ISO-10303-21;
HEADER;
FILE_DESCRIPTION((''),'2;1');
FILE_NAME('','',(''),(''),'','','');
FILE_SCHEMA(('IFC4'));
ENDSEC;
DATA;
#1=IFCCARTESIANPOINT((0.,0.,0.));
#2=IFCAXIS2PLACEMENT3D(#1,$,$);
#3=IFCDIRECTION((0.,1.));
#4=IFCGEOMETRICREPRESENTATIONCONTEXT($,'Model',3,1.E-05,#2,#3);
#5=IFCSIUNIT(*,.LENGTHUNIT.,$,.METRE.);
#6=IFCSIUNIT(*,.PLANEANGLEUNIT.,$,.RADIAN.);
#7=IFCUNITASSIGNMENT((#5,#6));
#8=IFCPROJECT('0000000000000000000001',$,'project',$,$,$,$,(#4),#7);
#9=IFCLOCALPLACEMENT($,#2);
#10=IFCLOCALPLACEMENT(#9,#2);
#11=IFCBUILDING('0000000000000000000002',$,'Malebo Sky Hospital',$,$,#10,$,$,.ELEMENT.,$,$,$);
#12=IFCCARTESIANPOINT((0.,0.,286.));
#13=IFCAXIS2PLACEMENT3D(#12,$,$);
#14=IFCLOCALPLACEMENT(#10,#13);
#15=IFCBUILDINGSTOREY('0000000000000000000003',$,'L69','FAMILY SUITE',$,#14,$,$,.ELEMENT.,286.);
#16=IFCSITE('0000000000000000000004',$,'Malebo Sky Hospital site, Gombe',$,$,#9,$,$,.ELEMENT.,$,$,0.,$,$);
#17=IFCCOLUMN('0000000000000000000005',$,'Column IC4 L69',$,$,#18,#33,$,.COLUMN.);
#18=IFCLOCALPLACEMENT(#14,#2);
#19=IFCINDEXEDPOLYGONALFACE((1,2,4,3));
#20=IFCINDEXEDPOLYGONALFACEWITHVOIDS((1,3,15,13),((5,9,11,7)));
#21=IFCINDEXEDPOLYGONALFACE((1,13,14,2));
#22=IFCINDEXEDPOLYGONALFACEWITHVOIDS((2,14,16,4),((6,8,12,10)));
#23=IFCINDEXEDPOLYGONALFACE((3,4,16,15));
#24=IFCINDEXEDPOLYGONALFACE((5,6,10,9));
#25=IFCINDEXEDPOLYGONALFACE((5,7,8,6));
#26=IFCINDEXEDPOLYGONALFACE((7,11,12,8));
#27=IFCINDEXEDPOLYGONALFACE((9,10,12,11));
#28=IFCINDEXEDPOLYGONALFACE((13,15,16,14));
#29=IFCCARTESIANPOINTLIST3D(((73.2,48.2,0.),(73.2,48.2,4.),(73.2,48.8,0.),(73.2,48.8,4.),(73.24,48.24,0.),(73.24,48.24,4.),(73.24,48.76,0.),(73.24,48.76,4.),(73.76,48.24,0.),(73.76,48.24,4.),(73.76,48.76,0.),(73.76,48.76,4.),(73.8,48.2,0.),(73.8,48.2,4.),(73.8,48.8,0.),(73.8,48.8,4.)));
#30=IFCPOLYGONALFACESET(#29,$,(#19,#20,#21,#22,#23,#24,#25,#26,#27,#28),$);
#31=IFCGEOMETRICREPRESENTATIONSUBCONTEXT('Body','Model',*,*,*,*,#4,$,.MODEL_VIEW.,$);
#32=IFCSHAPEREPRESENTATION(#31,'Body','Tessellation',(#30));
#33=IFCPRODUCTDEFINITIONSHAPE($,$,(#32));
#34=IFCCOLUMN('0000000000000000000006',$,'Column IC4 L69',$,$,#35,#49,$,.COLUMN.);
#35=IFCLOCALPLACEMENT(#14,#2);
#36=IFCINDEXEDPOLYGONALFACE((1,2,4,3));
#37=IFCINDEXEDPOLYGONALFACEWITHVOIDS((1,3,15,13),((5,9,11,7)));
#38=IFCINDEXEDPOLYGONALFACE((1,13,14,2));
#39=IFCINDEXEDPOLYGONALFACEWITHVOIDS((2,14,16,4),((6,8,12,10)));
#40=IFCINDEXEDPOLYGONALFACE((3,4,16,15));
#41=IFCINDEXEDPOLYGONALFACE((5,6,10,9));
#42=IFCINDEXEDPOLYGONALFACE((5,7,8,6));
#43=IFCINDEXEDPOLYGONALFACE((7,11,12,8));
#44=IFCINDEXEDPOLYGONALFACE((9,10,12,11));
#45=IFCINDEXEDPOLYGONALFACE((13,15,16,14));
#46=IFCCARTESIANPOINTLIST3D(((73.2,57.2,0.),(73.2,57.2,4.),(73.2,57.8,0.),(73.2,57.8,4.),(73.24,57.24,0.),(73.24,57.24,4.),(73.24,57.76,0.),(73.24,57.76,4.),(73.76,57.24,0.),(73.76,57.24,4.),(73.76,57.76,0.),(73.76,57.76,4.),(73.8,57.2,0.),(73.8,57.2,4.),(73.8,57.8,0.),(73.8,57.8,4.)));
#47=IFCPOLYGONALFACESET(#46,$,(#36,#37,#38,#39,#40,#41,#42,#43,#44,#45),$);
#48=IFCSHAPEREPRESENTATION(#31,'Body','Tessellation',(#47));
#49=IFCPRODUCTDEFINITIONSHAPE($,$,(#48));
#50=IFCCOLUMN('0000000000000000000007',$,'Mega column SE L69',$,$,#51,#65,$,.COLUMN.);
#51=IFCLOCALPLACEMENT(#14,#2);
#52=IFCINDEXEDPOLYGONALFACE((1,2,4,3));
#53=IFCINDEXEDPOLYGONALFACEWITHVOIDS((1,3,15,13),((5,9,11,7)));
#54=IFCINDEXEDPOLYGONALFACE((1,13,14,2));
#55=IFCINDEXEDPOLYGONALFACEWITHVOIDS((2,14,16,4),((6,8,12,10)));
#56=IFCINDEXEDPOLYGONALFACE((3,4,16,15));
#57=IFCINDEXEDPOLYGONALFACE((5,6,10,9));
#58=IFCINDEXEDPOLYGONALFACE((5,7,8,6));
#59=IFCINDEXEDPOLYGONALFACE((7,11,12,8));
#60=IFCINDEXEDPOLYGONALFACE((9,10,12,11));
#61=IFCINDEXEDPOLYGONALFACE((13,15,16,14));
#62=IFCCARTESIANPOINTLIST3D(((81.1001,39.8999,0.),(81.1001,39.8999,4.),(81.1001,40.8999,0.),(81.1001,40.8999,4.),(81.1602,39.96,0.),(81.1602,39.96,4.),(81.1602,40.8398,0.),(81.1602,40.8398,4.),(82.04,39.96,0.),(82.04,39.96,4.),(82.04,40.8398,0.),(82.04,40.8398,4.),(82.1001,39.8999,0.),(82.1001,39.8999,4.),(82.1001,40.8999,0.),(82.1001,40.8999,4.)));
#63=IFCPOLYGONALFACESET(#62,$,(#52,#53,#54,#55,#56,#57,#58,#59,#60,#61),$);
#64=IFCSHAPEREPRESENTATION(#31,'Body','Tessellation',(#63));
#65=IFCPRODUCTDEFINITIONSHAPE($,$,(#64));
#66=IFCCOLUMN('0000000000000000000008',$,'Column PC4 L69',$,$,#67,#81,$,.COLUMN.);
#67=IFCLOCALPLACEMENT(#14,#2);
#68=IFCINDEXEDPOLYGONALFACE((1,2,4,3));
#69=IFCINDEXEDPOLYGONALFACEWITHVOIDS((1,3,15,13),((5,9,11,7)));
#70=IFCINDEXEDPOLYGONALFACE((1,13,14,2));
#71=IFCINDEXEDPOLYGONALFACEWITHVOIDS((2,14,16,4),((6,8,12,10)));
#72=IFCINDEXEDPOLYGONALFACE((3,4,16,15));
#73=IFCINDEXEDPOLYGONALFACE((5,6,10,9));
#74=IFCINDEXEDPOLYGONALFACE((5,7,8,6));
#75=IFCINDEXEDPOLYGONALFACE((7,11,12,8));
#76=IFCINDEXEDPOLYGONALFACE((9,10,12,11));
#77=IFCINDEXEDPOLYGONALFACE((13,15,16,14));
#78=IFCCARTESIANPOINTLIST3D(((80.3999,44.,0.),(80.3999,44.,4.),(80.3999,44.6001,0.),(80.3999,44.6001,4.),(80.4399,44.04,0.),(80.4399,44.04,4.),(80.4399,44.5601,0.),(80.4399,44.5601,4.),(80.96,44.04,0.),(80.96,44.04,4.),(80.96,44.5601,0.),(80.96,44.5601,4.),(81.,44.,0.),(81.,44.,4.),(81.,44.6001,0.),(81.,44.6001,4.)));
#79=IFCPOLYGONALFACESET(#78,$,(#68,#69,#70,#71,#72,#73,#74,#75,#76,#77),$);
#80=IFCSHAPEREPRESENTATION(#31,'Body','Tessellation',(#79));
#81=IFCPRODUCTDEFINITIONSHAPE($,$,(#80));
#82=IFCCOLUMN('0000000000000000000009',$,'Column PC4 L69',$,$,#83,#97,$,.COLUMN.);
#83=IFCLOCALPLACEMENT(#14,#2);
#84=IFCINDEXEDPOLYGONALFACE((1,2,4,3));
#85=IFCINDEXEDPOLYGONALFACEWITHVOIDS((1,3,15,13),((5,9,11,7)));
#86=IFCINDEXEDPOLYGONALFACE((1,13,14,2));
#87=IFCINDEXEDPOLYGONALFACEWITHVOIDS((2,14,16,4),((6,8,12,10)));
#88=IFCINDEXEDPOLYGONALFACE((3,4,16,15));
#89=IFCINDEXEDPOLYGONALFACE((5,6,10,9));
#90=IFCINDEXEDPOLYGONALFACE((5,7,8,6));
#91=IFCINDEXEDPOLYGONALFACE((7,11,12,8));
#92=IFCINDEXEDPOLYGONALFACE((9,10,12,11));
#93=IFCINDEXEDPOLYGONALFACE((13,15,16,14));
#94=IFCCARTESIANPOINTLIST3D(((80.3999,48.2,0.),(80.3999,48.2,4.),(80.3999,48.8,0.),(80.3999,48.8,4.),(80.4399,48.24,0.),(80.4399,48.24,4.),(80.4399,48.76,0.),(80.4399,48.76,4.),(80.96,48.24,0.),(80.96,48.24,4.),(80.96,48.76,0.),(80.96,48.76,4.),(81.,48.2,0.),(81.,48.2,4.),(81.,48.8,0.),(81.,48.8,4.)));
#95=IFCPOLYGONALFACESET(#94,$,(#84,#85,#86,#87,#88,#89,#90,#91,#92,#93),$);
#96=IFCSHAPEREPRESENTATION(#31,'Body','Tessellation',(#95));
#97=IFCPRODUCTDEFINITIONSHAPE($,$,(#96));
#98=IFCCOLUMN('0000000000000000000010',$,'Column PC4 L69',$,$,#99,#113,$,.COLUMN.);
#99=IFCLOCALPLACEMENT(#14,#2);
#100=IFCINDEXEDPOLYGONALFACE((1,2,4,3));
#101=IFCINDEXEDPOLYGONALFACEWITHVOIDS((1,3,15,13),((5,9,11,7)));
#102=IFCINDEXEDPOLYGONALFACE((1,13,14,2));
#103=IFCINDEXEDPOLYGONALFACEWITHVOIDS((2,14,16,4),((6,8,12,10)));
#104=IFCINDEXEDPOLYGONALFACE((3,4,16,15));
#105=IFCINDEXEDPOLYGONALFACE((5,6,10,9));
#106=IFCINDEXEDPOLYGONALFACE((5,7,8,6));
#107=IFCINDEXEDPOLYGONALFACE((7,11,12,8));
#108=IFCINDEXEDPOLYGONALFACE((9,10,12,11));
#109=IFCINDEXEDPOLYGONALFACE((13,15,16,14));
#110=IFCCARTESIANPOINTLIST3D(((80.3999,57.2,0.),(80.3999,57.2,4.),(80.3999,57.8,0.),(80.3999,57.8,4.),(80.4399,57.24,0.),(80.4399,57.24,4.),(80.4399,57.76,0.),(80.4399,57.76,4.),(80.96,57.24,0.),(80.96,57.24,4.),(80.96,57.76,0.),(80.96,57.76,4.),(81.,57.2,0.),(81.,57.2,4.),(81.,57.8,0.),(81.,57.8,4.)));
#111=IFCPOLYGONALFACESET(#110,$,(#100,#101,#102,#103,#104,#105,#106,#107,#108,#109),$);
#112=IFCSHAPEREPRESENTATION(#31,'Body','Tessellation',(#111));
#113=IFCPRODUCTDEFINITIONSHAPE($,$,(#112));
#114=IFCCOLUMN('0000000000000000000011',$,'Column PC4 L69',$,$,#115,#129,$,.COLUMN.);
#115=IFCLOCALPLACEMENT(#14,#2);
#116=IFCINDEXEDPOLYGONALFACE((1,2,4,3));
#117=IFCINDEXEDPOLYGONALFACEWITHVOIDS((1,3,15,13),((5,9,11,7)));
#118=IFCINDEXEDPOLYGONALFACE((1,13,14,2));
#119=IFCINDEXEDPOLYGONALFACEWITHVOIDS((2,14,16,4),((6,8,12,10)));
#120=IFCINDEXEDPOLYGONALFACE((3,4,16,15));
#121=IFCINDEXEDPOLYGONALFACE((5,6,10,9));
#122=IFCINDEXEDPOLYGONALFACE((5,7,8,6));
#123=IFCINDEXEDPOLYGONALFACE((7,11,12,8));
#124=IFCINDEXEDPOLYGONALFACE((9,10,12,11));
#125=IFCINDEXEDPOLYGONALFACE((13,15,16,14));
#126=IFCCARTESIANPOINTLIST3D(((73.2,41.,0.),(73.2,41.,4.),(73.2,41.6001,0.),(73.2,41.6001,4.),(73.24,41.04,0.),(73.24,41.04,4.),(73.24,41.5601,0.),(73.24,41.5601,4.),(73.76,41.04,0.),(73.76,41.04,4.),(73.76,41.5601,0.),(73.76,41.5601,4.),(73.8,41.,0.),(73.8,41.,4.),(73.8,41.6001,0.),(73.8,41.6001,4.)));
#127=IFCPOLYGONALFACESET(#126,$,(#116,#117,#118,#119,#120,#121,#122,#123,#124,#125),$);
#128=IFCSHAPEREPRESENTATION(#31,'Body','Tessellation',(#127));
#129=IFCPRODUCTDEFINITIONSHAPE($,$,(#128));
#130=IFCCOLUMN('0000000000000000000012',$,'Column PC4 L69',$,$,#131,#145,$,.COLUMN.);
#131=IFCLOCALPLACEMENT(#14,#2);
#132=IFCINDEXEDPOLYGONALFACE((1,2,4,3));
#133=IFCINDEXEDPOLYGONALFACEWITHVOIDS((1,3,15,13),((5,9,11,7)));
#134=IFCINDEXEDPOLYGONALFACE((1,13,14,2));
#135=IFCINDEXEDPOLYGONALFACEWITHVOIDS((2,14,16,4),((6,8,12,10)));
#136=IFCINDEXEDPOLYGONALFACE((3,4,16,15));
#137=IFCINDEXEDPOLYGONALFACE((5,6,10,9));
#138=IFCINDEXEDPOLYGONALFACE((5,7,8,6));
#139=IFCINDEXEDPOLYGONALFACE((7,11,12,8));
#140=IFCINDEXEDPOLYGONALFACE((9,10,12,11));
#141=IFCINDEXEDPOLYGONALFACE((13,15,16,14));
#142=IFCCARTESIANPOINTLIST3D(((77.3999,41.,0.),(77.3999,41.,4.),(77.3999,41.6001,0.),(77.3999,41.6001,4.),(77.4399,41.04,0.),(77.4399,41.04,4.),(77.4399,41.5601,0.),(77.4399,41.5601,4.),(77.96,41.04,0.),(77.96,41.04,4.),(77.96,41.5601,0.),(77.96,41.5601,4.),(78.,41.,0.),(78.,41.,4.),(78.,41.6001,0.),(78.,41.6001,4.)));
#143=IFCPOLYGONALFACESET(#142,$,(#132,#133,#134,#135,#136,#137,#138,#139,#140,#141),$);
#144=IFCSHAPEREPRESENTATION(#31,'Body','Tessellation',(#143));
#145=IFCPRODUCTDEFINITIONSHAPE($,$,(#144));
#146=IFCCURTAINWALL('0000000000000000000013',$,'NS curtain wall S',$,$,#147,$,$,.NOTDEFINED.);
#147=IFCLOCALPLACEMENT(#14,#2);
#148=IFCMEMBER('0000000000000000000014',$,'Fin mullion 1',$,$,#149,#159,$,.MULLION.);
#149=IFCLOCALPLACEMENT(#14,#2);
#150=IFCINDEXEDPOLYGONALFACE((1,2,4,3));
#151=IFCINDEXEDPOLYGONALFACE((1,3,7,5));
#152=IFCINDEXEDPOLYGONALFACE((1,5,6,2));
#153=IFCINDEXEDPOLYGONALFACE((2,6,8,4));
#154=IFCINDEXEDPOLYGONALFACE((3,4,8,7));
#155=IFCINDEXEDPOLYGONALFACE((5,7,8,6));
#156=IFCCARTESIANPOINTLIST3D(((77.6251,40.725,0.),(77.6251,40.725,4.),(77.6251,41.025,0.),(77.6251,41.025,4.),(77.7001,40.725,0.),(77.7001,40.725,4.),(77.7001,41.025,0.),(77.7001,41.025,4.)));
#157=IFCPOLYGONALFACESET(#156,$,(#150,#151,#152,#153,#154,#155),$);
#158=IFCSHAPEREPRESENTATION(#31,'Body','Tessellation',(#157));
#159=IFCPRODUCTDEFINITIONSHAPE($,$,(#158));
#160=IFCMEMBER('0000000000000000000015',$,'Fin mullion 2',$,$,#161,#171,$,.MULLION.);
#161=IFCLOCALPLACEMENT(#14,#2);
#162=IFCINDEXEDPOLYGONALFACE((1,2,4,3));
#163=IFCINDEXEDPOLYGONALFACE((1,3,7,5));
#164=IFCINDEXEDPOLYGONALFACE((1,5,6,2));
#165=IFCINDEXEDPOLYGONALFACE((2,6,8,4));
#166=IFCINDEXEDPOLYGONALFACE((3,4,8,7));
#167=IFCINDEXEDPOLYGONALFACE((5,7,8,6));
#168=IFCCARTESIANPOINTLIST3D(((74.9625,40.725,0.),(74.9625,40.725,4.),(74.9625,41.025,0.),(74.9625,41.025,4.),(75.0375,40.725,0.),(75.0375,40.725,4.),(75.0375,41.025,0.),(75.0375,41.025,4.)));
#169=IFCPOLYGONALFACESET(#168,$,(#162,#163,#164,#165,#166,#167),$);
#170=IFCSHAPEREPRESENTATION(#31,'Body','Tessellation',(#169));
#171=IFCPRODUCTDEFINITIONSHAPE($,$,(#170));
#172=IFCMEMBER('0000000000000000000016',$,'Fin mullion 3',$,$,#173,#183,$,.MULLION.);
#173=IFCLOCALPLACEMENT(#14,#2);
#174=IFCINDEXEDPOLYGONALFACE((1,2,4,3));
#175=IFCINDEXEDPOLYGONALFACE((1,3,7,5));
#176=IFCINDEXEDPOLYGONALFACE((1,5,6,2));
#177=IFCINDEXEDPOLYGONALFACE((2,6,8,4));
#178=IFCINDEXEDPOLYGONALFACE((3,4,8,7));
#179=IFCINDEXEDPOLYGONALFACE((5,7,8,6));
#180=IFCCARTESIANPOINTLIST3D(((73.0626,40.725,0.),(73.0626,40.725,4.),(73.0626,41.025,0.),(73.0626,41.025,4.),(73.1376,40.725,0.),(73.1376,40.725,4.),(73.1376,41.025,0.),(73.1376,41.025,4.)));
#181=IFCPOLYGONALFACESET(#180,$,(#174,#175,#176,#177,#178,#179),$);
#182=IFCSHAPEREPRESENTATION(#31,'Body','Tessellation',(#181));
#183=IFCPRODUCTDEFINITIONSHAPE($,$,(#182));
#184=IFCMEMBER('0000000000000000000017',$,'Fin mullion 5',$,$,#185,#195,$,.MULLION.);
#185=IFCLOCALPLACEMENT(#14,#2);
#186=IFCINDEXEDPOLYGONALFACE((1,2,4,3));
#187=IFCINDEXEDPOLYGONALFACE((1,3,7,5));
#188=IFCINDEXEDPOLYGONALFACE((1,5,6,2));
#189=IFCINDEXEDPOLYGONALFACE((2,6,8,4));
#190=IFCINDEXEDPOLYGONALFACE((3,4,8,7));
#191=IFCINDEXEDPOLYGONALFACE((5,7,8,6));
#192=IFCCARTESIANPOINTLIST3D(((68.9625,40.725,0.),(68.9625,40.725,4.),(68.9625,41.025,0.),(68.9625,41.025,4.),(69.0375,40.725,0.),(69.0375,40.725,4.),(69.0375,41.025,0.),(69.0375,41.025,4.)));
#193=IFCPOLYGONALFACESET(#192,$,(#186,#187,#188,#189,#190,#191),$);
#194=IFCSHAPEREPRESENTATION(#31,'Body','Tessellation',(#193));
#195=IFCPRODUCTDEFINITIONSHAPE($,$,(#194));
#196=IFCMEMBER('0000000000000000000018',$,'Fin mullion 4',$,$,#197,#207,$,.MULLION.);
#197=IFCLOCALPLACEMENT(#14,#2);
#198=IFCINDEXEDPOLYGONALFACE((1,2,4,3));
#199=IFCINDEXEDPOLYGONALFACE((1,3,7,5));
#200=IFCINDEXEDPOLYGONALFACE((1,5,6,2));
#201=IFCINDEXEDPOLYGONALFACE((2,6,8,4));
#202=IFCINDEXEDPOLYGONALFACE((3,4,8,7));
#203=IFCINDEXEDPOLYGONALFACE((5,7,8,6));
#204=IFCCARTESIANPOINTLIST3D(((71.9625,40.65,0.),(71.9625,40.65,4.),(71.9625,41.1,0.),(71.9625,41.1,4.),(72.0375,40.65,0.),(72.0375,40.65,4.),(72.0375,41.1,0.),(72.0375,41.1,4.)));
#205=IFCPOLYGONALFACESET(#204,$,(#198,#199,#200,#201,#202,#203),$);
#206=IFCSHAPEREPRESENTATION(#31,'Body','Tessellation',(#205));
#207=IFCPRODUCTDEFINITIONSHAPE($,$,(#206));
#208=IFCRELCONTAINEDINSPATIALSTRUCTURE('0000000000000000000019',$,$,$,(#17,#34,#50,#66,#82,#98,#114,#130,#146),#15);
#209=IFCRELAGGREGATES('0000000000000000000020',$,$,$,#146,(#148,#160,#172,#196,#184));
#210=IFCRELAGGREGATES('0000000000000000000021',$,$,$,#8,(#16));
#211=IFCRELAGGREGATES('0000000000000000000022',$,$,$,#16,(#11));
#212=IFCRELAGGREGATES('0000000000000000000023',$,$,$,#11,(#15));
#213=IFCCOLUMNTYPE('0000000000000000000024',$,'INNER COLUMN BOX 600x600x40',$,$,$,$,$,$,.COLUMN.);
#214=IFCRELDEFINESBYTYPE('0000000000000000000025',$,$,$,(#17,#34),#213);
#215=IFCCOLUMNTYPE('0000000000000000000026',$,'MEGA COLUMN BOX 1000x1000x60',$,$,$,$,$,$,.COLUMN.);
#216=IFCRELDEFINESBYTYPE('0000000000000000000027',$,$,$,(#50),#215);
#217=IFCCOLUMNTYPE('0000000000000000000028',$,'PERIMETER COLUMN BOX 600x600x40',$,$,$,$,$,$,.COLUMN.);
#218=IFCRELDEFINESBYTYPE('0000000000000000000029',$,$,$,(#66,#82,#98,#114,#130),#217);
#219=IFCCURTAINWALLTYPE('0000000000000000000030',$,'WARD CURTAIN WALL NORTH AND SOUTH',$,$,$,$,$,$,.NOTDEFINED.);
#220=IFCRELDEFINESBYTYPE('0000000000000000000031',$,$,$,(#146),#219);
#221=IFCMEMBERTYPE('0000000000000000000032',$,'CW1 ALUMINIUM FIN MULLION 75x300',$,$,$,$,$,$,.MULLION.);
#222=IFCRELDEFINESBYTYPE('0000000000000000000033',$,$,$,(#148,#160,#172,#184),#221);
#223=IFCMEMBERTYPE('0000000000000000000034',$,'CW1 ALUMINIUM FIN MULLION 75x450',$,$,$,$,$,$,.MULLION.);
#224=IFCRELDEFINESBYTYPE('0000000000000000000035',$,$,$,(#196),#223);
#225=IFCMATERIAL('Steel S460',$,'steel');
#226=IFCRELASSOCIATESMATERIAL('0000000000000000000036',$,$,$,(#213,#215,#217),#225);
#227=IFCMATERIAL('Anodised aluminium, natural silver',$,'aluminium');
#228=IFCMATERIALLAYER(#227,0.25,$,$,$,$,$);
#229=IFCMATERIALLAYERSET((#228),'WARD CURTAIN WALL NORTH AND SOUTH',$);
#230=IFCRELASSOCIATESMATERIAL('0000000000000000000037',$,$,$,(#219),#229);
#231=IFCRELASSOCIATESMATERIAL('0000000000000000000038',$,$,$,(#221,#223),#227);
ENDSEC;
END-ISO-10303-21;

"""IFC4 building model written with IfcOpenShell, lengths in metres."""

from ifc_helpers import new_model, si_unit, direction, frame, origin, origin_2d, place, context, subcontext, project, spatial, rectangle, hollow_rectangle, extrude, material, layer, layer_set, material_profile, profile_set, type_object, element, aggregate, save


model = new_model("IFC4")

# Units and contexts
model_context = context("Model", 3, precision=1e-05, world=origin(), true_north=direction((0.0, 1.0)))
body_context = subcontext(model_context, "Body", "Model", "MODEL_VIEW")
ifc_project = project(units=[si_unit("LENGTHUNIT", "METRE"), si_unit("PLANEANGLEUNIT", "RADIAN")], contexts=[model_context])

# Site, building, storey
site_placement = place(None, origin())
site = spatial("IfcSite", under=ifc_project, at=site_placement, Name="Malebo Sky Hospital site, Gombe", CompositionType="ELEMENT", RefElevation=0.0)
building_placement = place(site_placement, origin())
building = spatial("IfcBuilding", under=site, at=building_placement, Name="Malebo Sky Hospital", CompositionType="ELEMENT")
storey_placement = place(building_placement, frame((0.0, 0.0, 286.0)))
storey = spatial("IfcBuildingStorey", under=building, at=storey_placement, Name="L69", Description="FAMILY SUITE", CompositionType="ELEMENT", Elevation=286.0)

# Columns
ifc_material_1 = material(Name="Steel S460", Category="steel")
ifc_material_profile_1 = material_profile(ifc_material_1, hollow_rectangle(XDim=0.6001, YDim=0.6001, WallThickness=0.04, at=origin_2d()), Name="BOX 600x600x40")
ifc_profile_set_1 = profile_set([ifc_material_profile_1], Name="Steel S460")
column_type_1 = type_object("IfcColumnType", Name="INNER COLUMN BOX 600x600x40", PredefinedType="COLUMN", material=ifc_profile_set_1)
for number, where, z_axis, x_axis, name in (
    (1, (73.5, 48.5, 0.0), (0.0, 0.0, 1.0), (1.0, 0.0, 0.0), "Column IC4 L69"),
    (2, (73.5, 57.5, 0.0), (0.0, 0.0, 1.0), (1.0, 0.0, 0.0), "Column IC4 L69"),
):
    element("IfcColumn", number, at=place(storey_placement, frame(where, z_axis=z_axis, x_axis=x_axis)), inside=storey, type_object=column_type_1, Name=name, PredefinedType="COLUMN", context=body_context, shape_type="SweptSolid", body=[
        extrude(hollow_rectangle(XDim=0.6001, YDim=0.6001, WallThickness=0.04, at=origin_2d()), origin(), (0.0, 0.0, 1.0), 4.0),
    ])
ifc_material_profile_2 = material_profile(ifc_material_1, hollow_rectangle(XDim=1.0, YDim=1.0, WallThickness=0.0601, at=origin_2d()), Name="BOX 1000x1000x60")
ifc_profile_set_2 = profile_set([ifc_material_profile_2], Name="Steel S460")
column_type_2 = type_object("IfcColumnType", Name="MEGA COLUMN BOX 1000x1000x60", PredefinedType="COLUMN", material=ifc_profile_set_2)
column_placement = place(storey_placement, frame((81.6001, 40.3999, 0.0), z_axis=(0.0, 0.0, 1.0), x_axis=(1.0, 0.0, 0.0)))
element("IfcColumn", 3, at=column_placement, inside=storey, type_object=column_type_2, Name="Mega column SE L69", PredefinedType="COLUMN", context=body_context, shape_type="SweptSolid", body=[
    extrude(hollow_rectangle(XDim=1.0, YDim=1.0, WallThickness=0.0601, at=origin_2d()), origin(), (0.0, 0.0, 1.0), 4.0),
])
ifc_material_profile_3 = material_profile(ifc_material_1, hollow_rectangle(XDim=0.6001, YDim=0.6001, WallThickness=0.04, at=origin_2d()), Name="BOX 600x600x40")
ifc_profile_set_3 = profile_set([ifc_material_profile_3], Name="Steel S460")
column_type_3 = type_object("IfcColumnType", Name="PERIMETER COLUMN BOX 600x600x40", PredefinedType="COLUMN", material=ifc_profile_set_3)
for number, where, z_axis, x_axis, name in (
    (4, (80.7, 44.3, 0.0), (0.0, 0.0, 1.0), (1.0, 0.0, 0.0), "Column PC4 L69"),
    (5, (80.7, 48.5, 0.0), (0.0, 0.0, 1.0), (1.0, 0.0, 0.0), "Column PC4 L69"),
    (6, (80.7, 57.5, 0.0), (0.0, 0.0, 1.0), (1.0, 0.0, 0.0), "Column PC4 L69"),
    (7, (73.5, 41.3, 0.0), (0.0, 0.0, 1.0), (1.0, 0.0, 0.0), "Column PC4 L69"),
    (8, (77.7, 41.3, 0.0), (0.0, 0.0, 1.0), (1.0, 0.0, 0.0), "Column PC4 L69"),
):
    element("IfcColumn", number, at=place(storey_placement, frame(where, z_axis=z_axis, x_axis=x_axis)), inside=storey, type_object=column_type_3, Name=name, PredefinedType="COLUMN", context=body_context, shape_type="SweptSolid", body=[
        extrude(hollow_rectangle(XDim=0.6001, YDim=0.6001, WallThickness=0.04, at=origin_2d()), origin(), (0.0, 0.0, 1.0), 4.0),
    ])

# Curtain wall, members
ifc_material_2 = material(Name="Anodised aluminium, natural silver", Category="aluminium")
ifc_layer_1 = layer(ifc_material_2, 0.25)
ifc_layer_set_1 = layer_set([ifc_layer_1], Name="WARD CURTAIN WALL NORTH AND SOUTH")
curtain_wall_type = type_object("IfcCurtainWallType", Name="WARD CURTAIN WALL NORTH AND SOUTH", PredefinedType="NOTDEFINED", material=ifc_layer_set_1)
curtain_wall_placement = place(storey_placement, origin())
curtain_wall = element("IfcCurtainWall", 9, at=curtain_wall_placement, inside=storey, type_object=curtain_wall_type, Name="NS curtain wall S", PredefinedType="NOTDEFINED")
ifc_material_profile_4 = material_profile(ifc_material_2, rectangle(XDim=0.075, YDim=0.3, at=origin_2d()), Name="CW1 ALUMINIUM FIN MULLION 75x300")
ifc_profile_set_4 = profile_set([ifc_material_profile_4], Name="Anodised aluminium, natural silver")
member_type_1 = type_object("IfcMemberType", Name="CW1 ALUMINIUM FIN MULLION 75x300", PredefinedType="MULLION", material=ifc_profile_set_4)
member_1_placement = place(storey_placement, frame((77.6626, 40.875, 0.0), z_axis=(0.0, 0.0, 1.0), x_axis=(-1.0, 0.0, 0.0)))
member_1 = element("IfcMember", 10, at=member_1_placement, type_object=member_type_1, Name="Fin mullion 1", PredefinedType="MULLION", context=body_context, shape_type="SweptSolid", body=[
    extrude(rectangle(XDim=0.075, YDim=0.3, at=origin_2d()), origin(), (0.0, 0.0, 1.0), 4.0),
])
member_2_placement = place(storey_placement, frame((75.0, 40.875, 0.0), z_axis=(0.0, 0.0, 1.0), x_axis=(-1.0, 0.0, 0.0)))
member_2 = element("IfcMember", 11, at=member_2_placement, type_object=member_type_1, Name="Fin mullion 2", PredefinedType="MULLION", context=body_context, shape_type="SweptSolid", body=[
    extrude(rectangle(XDim=0.075, YDim=0.3, at=origin_2d()), origin(), (0.0, 0.0, 1.0), 4.0),
])
member_3_placement = place(storey_placement, frame((73.1001, 40.875, 0.0), z_axis=(0.0, 0.0, 1.0), x_axis=(-1.0, 0.0, 0.0)))
member_3 = element("IfcMember", 12, at=member_3_placement, type_object=member_type_1, Name="Fin mullion 3", PredefinedType="MULLION", context=body_context, shape_type="SweptSolid", body=[
    extrude(rectangle(XDim=0.075, YDim=0.3, at=origin_2d()), origin(), (0.0, 0.0, 1.0), 4.0),
])
member_4_placement = place(storey_placement, frame((69.0, 40.875, 0.0), z_axis=(0.0, 0.0, 1.0), x_axis=(-1.0, 0.0, 0.0)))
member_4 = element("IfcMember", 13, at=member_4_placement, type_object=member_type_1, Name="Fin mullion 5", PredefinedType="MULLION", context=body_context, shape_type="SweptSolid", body=[
    extrude(rectangle(XDim=0.075, YDim=0.3, at=origin_2d()), origin(), (0.0, 0.0, 1.0), 4.0),
])
ifc_material_profile_5 = material_profile(ifc_material_2, rectangle(XDim=0.075, YDim=0.45, at=origin_2d()), Name="CW1 ALUMINIUM FIN MULLION 75x450")
ifc_profile_set_5 = profile_set([ifc_material_profile_5], Name="Anodised aluminium, natural silver")
member_type_2 = type_object("IfcMemberType", Name="CW1 ALUMINIUM FIN MULLION 75x450", PredefinedType="MULLION", material=ifc_profile_set_5)
member_5_placement = place(storey_placement, frame((72.0, 40.875, 0.0), z_axis=(0.0, 0.0, 1.0), x_axis=(-1.0, 0.0, 0.0)))
member_5 = element("IfcMember", 14, at=member_5_placement, type_object=member_type_2, Name="Fin mullion 4", PredefinedType="MULLION", context=body_context, shape_type="SweptSolid", body=[
    extrude(rectangle(XDim=0.075, YDim=0.45, at=origin_2d()), origin(), (0.0, 0.0, 1.0), 4.0),
])
aggregate(curtain_wall, [member_1, member_2, member_3, member_5, member_4])

save(model, "model.ifc")
